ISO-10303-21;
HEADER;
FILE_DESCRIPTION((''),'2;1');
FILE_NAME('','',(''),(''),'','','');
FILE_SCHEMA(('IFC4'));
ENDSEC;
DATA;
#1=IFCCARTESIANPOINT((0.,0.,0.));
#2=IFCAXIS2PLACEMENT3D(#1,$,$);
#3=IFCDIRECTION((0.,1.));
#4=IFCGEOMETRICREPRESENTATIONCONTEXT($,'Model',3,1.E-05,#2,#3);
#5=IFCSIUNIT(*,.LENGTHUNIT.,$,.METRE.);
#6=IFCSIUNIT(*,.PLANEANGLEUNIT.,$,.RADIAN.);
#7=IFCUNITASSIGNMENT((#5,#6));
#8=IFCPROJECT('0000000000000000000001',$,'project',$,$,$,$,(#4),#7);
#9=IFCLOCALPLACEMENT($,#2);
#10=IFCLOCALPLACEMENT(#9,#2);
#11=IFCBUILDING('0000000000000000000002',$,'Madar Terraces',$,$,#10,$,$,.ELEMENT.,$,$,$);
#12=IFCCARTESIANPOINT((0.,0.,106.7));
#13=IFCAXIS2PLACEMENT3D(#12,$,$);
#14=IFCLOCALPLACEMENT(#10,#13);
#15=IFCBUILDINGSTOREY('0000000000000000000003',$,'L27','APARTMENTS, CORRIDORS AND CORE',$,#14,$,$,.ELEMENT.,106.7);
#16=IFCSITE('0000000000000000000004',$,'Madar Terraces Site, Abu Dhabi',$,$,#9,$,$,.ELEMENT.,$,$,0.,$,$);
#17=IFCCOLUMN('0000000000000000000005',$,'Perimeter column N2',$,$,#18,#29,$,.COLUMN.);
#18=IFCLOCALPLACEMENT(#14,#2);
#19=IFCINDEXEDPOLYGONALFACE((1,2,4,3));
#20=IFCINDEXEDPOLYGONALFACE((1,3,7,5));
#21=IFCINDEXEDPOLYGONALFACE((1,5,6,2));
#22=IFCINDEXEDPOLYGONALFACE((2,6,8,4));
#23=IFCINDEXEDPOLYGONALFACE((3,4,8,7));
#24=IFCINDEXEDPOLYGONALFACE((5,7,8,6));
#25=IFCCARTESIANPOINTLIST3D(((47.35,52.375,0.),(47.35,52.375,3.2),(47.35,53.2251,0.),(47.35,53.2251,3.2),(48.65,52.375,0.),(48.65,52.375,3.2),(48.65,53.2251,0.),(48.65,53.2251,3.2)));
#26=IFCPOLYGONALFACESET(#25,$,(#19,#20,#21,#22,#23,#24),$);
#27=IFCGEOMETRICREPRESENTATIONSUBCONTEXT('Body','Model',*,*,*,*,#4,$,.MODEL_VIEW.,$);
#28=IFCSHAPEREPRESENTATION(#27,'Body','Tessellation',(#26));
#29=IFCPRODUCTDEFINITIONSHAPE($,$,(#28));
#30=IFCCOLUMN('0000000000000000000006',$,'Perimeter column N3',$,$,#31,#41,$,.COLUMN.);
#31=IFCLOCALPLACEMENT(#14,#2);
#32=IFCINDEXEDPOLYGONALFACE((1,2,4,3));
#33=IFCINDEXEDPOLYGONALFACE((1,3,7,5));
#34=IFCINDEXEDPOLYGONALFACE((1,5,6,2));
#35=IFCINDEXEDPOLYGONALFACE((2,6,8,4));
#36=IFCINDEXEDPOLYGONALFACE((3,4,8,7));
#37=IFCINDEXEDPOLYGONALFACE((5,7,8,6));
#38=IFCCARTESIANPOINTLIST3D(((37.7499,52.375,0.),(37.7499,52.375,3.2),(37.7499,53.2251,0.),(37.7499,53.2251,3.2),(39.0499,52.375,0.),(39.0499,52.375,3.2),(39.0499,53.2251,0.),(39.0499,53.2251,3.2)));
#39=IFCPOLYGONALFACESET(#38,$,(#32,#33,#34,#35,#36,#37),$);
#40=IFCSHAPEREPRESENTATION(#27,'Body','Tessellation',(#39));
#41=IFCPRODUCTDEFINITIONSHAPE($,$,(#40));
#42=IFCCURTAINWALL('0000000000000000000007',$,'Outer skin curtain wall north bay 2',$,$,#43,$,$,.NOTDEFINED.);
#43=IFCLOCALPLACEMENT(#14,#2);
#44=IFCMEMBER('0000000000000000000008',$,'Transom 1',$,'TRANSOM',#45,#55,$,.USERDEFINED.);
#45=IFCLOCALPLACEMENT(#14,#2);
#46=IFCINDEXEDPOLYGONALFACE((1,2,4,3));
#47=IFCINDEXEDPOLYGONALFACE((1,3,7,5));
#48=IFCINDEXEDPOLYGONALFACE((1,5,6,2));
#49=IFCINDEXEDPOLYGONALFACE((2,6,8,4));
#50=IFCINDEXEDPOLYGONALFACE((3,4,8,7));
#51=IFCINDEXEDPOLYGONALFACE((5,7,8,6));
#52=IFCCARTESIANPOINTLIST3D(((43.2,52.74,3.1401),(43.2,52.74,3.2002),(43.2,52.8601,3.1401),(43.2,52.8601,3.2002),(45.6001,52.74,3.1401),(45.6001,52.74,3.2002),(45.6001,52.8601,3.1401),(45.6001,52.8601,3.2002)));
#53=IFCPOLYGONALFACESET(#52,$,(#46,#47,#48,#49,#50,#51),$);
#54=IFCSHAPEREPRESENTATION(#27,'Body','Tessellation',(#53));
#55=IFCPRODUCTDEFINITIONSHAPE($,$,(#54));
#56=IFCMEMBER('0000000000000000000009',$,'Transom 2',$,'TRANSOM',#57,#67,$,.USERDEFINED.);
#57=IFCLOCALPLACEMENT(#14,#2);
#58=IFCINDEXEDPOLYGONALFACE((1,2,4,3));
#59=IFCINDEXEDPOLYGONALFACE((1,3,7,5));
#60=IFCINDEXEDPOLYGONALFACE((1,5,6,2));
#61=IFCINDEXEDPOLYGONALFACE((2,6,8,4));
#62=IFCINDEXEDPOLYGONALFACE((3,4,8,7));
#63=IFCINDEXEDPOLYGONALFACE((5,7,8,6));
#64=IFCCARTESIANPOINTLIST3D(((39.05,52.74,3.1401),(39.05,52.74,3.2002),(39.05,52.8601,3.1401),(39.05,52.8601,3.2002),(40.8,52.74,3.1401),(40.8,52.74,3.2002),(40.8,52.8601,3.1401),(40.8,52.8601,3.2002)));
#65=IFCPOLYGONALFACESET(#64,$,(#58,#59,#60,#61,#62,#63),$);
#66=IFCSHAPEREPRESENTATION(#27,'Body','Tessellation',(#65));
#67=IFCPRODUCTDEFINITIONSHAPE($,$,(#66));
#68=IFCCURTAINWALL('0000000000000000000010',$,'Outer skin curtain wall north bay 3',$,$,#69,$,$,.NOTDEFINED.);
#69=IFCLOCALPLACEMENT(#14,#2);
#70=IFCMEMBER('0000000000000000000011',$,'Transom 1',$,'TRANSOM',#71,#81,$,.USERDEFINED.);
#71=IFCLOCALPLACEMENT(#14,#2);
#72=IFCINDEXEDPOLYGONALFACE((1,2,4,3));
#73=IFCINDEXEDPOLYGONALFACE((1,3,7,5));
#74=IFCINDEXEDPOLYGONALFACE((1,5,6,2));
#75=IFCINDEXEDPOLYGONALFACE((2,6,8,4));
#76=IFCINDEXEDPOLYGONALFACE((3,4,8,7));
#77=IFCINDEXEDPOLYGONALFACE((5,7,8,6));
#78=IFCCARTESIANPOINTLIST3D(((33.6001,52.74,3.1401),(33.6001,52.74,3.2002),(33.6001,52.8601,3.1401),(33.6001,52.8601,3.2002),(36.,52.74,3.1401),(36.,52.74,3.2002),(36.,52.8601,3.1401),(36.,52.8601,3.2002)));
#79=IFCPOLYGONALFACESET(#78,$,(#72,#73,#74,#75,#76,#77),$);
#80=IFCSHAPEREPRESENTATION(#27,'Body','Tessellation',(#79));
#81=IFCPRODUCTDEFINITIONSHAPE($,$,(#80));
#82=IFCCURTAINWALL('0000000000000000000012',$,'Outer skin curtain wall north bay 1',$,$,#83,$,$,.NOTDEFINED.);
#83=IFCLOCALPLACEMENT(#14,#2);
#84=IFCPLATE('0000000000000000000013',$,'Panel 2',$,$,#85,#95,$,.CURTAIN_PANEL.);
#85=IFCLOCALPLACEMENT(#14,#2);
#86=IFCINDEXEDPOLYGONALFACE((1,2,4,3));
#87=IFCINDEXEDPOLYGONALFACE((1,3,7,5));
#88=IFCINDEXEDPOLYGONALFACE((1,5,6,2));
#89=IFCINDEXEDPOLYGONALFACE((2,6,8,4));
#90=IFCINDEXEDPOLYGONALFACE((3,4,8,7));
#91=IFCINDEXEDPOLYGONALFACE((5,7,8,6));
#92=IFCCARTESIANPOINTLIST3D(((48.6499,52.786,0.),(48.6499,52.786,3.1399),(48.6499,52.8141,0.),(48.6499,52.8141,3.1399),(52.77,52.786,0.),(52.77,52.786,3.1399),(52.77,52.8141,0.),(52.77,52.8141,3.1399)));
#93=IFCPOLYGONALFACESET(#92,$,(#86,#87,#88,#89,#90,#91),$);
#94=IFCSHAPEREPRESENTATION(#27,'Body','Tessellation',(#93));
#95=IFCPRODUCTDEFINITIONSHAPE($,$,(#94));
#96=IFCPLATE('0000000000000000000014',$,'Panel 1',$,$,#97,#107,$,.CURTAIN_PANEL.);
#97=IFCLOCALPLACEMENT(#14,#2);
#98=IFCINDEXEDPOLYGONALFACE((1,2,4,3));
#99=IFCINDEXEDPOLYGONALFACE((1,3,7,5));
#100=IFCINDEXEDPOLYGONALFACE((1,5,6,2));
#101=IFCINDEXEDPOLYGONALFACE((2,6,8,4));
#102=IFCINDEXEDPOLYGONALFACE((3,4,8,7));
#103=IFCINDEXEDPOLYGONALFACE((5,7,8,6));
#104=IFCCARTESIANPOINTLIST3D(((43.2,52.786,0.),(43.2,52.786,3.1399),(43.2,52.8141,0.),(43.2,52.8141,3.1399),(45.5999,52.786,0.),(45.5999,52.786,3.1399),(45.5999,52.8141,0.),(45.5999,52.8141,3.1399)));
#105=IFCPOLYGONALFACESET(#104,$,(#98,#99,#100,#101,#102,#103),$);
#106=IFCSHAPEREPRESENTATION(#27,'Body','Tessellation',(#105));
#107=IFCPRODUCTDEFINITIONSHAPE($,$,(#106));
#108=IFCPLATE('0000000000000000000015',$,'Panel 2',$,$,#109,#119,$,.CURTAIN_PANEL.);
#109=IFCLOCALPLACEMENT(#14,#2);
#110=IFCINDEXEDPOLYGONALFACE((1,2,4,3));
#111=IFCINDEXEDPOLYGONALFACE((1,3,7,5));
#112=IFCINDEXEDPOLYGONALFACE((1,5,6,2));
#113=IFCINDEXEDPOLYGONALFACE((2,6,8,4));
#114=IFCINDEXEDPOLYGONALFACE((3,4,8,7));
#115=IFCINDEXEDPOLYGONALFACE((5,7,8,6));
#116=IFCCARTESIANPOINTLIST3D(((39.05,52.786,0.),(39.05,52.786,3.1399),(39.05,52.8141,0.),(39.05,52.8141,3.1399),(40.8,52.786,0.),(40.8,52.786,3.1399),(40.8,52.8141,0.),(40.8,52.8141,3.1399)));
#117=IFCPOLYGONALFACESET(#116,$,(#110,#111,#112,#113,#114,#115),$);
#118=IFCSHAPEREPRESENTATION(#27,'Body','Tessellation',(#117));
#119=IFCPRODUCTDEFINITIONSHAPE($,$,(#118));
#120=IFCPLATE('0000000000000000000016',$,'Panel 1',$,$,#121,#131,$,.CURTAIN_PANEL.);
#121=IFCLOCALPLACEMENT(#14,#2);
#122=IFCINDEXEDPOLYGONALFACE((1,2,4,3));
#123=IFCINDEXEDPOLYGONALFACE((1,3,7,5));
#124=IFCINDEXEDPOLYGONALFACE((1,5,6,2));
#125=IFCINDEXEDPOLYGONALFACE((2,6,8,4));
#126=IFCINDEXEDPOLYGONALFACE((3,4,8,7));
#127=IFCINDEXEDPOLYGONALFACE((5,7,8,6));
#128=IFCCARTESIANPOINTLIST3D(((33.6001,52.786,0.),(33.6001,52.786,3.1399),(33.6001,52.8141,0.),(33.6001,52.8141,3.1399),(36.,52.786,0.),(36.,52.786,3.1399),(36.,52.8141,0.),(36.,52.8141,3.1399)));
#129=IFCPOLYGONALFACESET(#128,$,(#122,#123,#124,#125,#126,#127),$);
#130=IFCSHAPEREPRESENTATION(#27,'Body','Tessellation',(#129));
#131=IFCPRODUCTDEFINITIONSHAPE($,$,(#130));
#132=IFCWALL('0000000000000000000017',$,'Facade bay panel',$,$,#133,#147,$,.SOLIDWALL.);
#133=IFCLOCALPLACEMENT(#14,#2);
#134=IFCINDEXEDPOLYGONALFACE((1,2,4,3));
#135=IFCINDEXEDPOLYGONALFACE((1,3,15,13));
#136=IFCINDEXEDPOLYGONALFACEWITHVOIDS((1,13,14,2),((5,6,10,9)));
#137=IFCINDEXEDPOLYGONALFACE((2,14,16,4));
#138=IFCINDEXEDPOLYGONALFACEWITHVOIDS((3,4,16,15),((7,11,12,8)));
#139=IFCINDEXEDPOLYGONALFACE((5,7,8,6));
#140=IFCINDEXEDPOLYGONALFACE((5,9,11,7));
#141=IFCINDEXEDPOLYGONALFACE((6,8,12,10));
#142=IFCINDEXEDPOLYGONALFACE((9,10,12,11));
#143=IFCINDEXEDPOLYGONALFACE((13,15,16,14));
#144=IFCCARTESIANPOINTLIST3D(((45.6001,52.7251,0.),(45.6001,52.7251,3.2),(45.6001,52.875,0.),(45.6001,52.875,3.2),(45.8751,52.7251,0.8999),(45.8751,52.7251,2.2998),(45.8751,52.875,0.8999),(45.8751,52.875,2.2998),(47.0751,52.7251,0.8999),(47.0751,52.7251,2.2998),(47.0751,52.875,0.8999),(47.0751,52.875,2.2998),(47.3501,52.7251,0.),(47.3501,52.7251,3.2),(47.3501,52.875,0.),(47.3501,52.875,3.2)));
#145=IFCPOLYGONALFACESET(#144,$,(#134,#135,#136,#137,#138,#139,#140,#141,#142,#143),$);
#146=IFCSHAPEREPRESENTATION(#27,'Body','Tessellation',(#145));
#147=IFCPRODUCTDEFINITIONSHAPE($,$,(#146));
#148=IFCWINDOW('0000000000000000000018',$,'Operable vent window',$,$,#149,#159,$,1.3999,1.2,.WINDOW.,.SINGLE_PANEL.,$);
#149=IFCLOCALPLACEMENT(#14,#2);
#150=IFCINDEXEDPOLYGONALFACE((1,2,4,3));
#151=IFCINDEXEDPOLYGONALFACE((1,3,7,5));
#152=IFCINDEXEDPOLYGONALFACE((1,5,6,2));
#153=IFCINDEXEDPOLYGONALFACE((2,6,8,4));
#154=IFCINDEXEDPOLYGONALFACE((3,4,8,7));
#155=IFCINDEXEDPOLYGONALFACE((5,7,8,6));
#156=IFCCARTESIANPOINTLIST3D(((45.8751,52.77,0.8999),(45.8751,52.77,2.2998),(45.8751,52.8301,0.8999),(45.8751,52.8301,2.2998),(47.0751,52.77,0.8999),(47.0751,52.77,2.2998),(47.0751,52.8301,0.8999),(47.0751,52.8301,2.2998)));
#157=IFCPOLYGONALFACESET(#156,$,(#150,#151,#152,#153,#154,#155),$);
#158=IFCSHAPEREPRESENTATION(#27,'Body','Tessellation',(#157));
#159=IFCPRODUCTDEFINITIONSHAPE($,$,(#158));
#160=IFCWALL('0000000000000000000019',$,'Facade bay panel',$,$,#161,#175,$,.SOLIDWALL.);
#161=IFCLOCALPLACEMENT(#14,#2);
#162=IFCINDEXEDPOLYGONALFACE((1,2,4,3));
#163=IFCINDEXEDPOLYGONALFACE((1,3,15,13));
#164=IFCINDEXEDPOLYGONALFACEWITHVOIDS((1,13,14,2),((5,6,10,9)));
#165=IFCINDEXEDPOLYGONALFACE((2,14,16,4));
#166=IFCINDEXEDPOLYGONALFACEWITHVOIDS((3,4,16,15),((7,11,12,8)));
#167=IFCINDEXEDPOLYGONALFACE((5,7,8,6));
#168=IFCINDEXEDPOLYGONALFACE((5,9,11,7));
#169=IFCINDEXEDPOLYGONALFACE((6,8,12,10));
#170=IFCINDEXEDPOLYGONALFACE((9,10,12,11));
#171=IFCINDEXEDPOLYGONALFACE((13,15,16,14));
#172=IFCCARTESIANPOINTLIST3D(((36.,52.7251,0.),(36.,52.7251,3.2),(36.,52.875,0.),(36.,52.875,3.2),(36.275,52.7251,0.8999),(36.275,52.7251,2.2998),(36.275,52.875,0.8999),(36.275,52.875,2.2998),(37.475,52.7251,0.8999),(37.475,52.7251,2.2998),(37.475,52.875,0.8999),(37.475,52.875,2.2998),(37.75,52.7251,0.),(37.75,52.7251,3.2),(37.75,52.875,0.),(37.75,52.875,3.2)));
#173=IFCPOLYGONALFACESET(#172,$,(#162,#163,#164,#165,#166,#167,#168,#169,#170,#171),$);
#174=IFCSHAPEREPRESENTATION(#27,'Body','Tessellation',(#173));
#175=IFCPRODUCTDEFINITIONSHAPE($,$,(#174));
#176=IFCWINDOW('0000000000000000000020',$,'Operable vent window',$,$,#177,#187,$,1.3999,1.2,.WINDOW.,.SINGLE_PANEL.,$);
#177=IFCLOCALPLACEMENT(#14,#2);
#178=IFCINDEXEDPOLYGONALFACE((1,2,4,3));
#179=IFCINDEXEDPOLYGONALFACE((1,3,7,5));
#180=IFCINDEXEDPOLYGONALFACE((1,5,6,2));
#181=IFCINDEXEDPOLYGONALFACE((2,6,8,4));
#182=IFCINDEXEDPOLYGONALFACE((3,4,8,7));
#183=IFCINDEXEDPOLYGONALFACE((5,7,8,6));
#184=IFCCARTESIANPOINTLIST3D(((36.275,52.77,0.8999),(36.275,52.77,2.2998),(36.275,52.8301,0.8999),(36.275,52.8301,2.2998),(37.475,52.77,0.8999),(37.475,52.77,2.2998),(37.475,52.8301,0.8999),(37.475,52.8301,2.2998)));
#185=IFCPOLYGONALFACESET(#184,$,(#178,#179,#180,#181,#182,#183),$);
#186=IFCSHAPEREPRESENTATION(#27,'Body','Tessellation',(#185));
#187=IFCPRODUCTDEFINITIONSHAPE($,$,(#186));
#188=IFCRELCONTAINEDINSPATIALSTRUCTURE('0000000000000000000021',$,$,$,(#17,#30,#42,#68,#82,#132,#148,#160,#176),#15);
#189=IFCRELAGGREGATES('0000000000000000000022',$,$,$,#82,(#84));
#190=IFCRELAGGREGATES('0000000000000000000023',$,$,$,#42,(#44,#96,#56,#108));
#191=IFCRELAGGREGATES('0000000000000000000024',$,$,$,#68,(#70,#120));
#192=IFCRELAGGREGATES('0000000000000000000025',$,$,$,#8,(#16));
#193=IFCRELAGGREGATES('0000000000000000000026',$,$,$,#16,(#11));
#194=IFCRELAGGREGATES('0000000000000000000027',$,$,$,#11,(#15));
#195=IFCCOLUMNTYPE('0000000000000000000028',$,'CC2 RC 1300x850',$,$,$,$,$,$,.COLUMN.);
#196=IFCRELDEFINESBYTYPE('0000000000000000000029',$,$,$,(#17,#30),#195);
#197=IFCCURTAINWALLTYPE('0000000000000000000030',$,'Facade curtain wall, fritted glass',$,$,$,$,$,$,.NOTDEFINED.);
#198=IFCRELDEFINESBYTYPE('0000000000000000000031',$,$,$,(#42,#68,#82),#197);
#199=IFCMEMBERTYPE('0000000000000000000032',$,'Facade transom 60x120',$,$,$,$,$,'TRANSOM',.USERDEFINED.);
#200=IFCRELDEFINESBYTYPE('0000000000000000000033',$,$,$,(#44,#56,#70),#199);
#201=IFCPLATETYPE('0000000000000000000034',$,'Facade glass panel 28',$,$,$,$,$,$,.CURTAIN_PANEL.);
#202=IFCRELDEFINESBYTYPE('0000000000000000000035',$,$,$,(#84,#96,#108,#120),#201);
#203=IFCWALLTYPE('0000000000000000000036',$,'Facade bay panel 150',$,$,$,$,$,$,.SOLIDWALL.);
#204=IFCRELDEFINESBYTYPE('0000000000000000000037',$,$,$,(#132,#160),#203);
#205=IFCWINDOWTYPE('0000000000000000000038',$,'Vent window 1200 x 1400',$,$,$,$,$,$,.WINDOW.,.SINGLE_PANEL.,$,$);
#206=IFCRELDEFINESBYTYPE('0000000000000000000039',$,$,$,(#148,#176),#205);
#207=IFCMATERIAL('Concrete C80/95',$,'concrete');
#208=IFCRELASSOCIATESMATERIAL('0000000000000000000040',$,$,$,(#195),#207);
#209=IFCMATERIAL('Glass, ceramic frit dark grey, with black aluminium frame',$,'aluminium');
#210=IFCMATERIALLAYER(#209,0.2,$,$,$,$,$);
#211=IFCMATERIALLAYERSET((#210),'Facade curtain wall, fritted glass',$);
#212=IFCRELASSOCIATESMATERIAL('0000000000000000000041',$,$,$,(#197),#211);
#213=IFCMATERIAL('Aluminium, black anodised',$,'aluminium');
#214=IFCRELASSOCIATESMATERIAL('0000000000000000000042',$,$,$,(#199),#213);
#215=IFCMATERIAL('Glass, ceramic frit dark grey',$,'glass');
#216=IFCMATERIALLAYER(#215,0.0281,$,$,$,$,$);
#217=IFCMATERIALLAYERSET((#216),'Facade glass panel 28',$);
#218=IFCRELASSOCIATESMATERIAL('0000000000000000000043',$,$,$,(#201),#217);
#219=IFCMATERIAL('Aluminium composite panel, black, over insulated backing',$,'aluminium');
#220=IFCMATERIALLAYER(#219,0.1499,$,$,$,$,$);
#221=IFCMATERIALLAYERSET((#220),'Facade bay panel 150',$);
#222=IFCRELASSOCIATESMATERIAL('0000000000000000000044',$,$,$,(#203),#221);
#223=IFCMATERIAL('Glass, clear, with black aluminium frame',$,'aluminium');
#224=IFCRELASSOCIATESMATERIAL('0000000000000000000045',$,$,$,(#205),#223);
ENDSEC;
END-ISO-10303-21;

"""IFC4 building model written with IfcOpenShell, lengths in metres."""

from ifc_helpers import new_model, si_unit, direction, frame, frame_2d, origin, origin_2d, place, context, subcontext, project, spatial, rectangle, extrude, material, layer, layer_set, material_profile, profile_set, type_object, element, fill, aggregate, save


model = new_model("IFC4")

# Units and contexts
model_context = context("Model", 3, precision=1e-05, world=origin(), true_north=direction((0.0, 1.0)))
body_context = subcontext(model_context, "Body", "Model", "MODEL_VIEW")
ifc_project = project(units=[si_unit("LENGTHUNIT", "METRE"), si_unit("PLANEANGLEUNIT", "RADIAN")], contexts=[model_context])

# Site, building, storey
site_placement = place(None, origin())
site = spatial("IfcSite", under=ifc_project, at=site_placement, Name="Madar Terraces Site, Abu Dhabi", CompositionType="ELEMENT", RefElevation=0.0)
building_placement = place(site_placement, origin())
building = spatial("IfcBuilding", under=site, at=building_placement, Name="Madar Terraces", CompositionType="ELEMENT")
storey_placement = place(building_placement, frame((0.0, 0.0, 106.7)))
storey = spatial("IfcBuildingStorey", under=building, at=storey_placement, Name="L27", Description="APARTMENTS, CORRIDORS AND CORE", CompositionType="ELEMENT", Elevation=106.7)

# Columns
ifc_material_1 = material(Name="Concrete C80/95", Category="concrete")
ifc_material_profile_1 = material_profile(ifc_material_1, rectangle(XDim=1.3, YDim=0.8501, at=origin_2d()), Name="CC2 RC 1300x850")
ifc_profile_set_1 = profile_set([ifc_material_profile_1], Name="Concrete C80/95")
column_type = type_object("IfcColumnType", Name="CC2 RC 1300x850", PredefinedType="COLUMN", material=ifc_profile_set_1)
for number, where, z_axis, x_axis, name in (
    (1, (48.0, 52.8, 0.0), (0.0, 0.0, 1.0), (1.0, 0.0, 0.0), "Perimeter column N2"),
    (2, (38.3999, 52.8, 0.0), (0.0, 0.0, 1.0), (1.0, 0.0, 0.0), "Perimeter column N3"),
):
    element("IfcColumn", number, at=place(storey_placement, frame(where, z_axis=z_axis, x_axis=x_axis)), inside=storey, type_object=column_type, Name=name, PredefinedType="COLUMN", context=body_context, shape_type="SweptSolid", body=[
        extrude(rectangle(XDim=1.3, YDim=0.8501, at=origin_2d()), origin(), (0.0, 0.0, 1.0), 3.2),
    ])

# Curtain wall, members
ifc_material_2 = material(Name="Glass, ceramic frit dark grey, with black aluminium frame", Category="aluminium")
ifc_layer_1 = layer(ifc_material_2, 0.2)
ifc_layer_set_1 = layer_set([ifc_layer_1], Name="Facade curtain wall, fritted glass")
curtain_wall_type = type_object("IfcCurtainWallType", Name="Facade curtain wall, fritted glass", PredefinedType="NOTDEFINED", material=ifc_layer_set_1)
curtain_wall_1_placement = place(storey_placement, origin())
curtain_wall_1 = element("IfcCurtainWall", 3, at=curtain_wall_1_placement, inside=storey, type_object=curtain_wall_type, Name="Outer skin curtain wall north bay 2", PredefinedType="NOTDEFINED")
ifc_material_3 = material(Name="Aluminium, black anodised", Category="aluminium")
ifc_material_profile_2 = material_profile(ifc_material_3, rectangle(XDim=0.1201, YDim=0.0601, at=origin_2d()), Name="Facade transom 60x120")
ifc_profile_set_2 = profile_set([ifc_material_profile_2], Name="Aluminium, black anodised")
member_type = type_object("IfcMemberType", Name="Facade transom 60x120", ElementType="TRANSOM", PredefinedType="USERDEFINED", material=ifc_profile_set_2)
member_1_placement = place(storey_placement, frame((45.6001, 52.8, 3.1702), z_axis=(-1.0, 0.0, 0.0), x_axis=(0.0, -1.0, 0.0)))
member_1 = element("IfcMember", 4, at=member_1_placement, type_object=member_type, Name="Transom 1", ObjectType="TRANSOM", PredefinedType="USERDEFINED", context=body_context, shape_type="SweptSolid", body=[
    extrude(rectangle(XDim=0.1201, YDim=0.0601, at=origin_2d()), origin(), (0.0, 0.0, 1.0), 2.4001),
])
member_2_placement = place(storey_placement, frame((40.8, 52.8, 3.1702), z_axis=(-1.0, 0.0, 0.0), x_axis=(0.0, -1.0, 0.0)))
member_2 = element("IfcMember", 5, at=member_2_placement, type_object=member_type, Name="Transom 2", ObjectType="TRANSOM", PredefinedType="USERDEFINED", context=body_context, shape_type="SweptSolid", body=[
    extrude(rectangle(XDim=0.1201, YDim=0.0601, at=origin_2d()), origin(), (0.0, 0.0, 1.0), 1.75),
])

# Curtain wall, member
curtain_wall_2_placement = place(storey_placement, origin())
curtain_wall_2 = element("IfcCurtainWall", 6, at=curtain_wall_2_placement, inside=storey, type_object=curtain_wall_type, Name="Outer skin curtain wall north bay 3", PredefinedType="NOTDEFINED")
member_3_placement = place(storey_placement, frame((36.0, 52.8, 3.1702), z_axis=(-1.0, 0.0, 0.0), x_axis=(0.0, -1.0, 0.0)))
member_3 = element("IfcMember", 7, at=member_3_placement, type_object=member_type, Name="Transom 1", ObjectType="TRANSOM", PredefinedType="USERDEFINED", context=body_context, shape_type="SweptSolid", body=[
    extrude(rectangle(XDim=0.1201, YDim=0.0601, at=origin_2d()), origin(), (0.0, 0.0, 1.0), 2.3999),
])

# Curtain wall, plate
curtain_wall_3_placement = place(storey_placement, origin())
curtain_wall_3 = element("IfcCurtainWall", 8, at=curtain_wall_3_placement, inside=storey, type_object=curtain_wall_type, Name="Outer skin curtain wall north bay 1", PredefinedType="NOTDEFINED")
ifc_material_4 = material(Name="Glass, ceramic frit dark grey", Category="glass")
ifc_layer_2 = layer(ifc_material_4, 0.0281)
ifc_layer_set_2 = layer_set([ifc_layer_2], Name="Facade glass panel 28")
plate_type = type_object("IfcPlateType", Name="Facade glass panel 28", PredefinedType="CURTAIN_PANEL", material=ifc_layer_set_2)
plate_1_placement = place(storey_placement, frame((50.71, 52.8, 0.0), z_axis=(0.0, 0.0, 1.0), x_axis=(-1.0, 0.0, 0.0)))
plate_1 = element("IfcPlate", 9, at=plate_1_placement, type_object=plate_type, Name="Panel 2", PredefinedType="CURTAIN_PANEL", context=body_context, shape_type="SweptSolid", body=[
    extrude(rectangle(XDim=4.1201, YDim=0.0281, at=origin_2d()), origin(), (0.0, 0.0, 1.0), 3.1399),
])
aggregate(curtain_wall_3, [plate_1])

# Plates
plate_2_placement = place(storey_placement, frame((44.3999, 52.8, 0.0), z_axis=(0.0, 0.0, 1.0), x_axis=(-1.0, 0.0, 0.0)))
plate_2 = element("IfcPlate", 10, at=plate_2_placement, type_object=plate_type, Name="Panel 1", PredefinedType="CURTAIN_PANEL", context=body_context, shape_type="SweptSolid", body=[
    extrude(rectangle(XDim=2.3999, YDim=0.0281, at=origin_2d()), origin(), (0.0, 0.0, 1.0), 3.1399),
])
plate_3_placement = place(storey_placement, frame((39.925, 52.8, 0.0), z_axis=(0.0, 0.0, 1.0), x_axis=(-1.0, 0.0, 0.0)))
plate_3 = element("IfcPlate", 11, at=plate_3_placement, type_object=plate_type, Name="Panel 2", PredefinedType="CURTAIN_PANEL", context=body_context, shape_type="SweptSolid", body=[
    extrude(rectangle(XDim=1.75, YDim=0.0281, at=origin_2d()), origin(), (0.0, 0.0, 1.0), 3.1399),
])
aggregate(curtain_wall_1, [member_1, plate_2, member_2, plate_3])
plate_4_placement = place(storey_placement, frame((34.8, 52.8, 0.0), z_axis=(0.0, 0.0, 1.0), x_axis=(-1.0, 0.0, 0.0)))
plate_4 = element("IfcPlate", 12, at=plate_4_placement, type_object=plate_type, Name="Panel 1", PredefinedType="CURTAIN_PANEL", context=body_context, shape_type="SweptSolid", body=[
    extrude(rectangle(XDim=2.3999, YDim=0.0281, at=origin_2d()), origin(), (0.0, 0.0, 1.0), 3.1399),
])
aggregate(curtain_wall_2, [member_3, plate_4])

# Wall, opening, window
ifc_material_5 = material(Name="Aluminium composite panel, black, over insulated backing", Category="aluminium")
ifc_layer_3 = layer(ifc_material_5, 0.1499)
ifc_layer_set_3 = layer_set([ifc_layer_3], Name="Facade bay panel 150")
wall_type_1 = type_object("IfcWallType", Name="Facade bay panel 150", PredefinedType="SOLIDWALL", material=ifc_layer_set_3)
wall_1_placement = place(storey_placement, frame((47.3501, 52.8, 0.0), z_axis=(0.0, 0.0, 1.0), x_axis=(-1.0, 0.0, 0.0)))
wall_1 = element("IfcWall", 13, at=wall_1_placement, inside=storey, type_object=wall_type_1, Name="Facade bay panel", PredefinedType="SOLIDWALL", context=body_context, shape_type="SweptSolid", body=[
    extrude(rectangle(XDim=1.75, YDim=0.1499, at=frame_2d((0.875, 0.0))), origin(), (0.0, 0.0, 1.0), 3.2),
])
opening_1_placement = place(wall_1_placement, frame((0.2749, 0.0, 0.8999)))
opening_1 = element("IfcOpeningElement", 14, at=opening_1_placement, cuts=wall_1, PredefinedType="OPENING", context=body_context, shape_type="SweptSolid", body=[
    extrude(rectangle(XDim=1.2, YDim=1.3999, at=frame_2d((0.6001, 0.7))), frame((0.0, 0.085, 0.0), z_axis=(0.0, -1.0, 0.0), x_axis=(1.0, 0.0, 0.0)), (0.0, 0.0, 1.0), 0.1699),
])
ifc_material_6 = material(Name="Glass, clear, with black aluminium frame", Category="aluminium")
window_type = type_object("IfcWindowType", Name="Vent window 1200 x 1400", PartitioningType="SINGLE_PANEL", PredefinedType="WINDOW", material=ifc_material_6)
window_1_placement = place(opening_1_placement, origin())
window_1 = element("IfcWindow", 15, at=window_1_placement, inside=storey, type_object=window_type, Name="Operable vent window", OverallHeight=1.3999, OverallWidth=1.2, PartitioningType="SINGLE_PANEL", PredefinedType="WINDOW", context=body_context, shape_type="SweptSolid", body=[
    extrude(rectangle(XDim=1.2, YDim=1.3999, at=frame_2d((0.6001, 0.7))), frame((0.0, 0.03, 0.0), z_axis=(0.0, -1.0, 0.0), x_axis=(1.0, 0.0, 0.0)), (0.0, 0.0, 1.0), 0.0601),
])
fill(opening_1, window_1)

# Wall, opening, window
wall_2_placement = place(storey_placement, frame((37.75, 52.8, 0.0), z_axis=(0.0, 0.0, 1.0), x_axis=(-1.0, 0.0, 0.0)))
wall_2 = element("IfcWall", 16, at=wall_2_placement, inside=storey, type_object=wall_type_1, Name="Facade bay panel", PredefinedType="SOLIDWALL", context=body_context, shape_type="SweptSolid", body=[
    extrude(rectangle(XDim=1.75, YDim=0.1499, at=frame_2d((0.875, 0.0))), origin(), (0.0, 0.0, 1.0), 3.2),
])
opening_2_placement = place(wall_2_placement, frame((0.2749, 0.0, 0.8999)))
opening_2 = element("IfcOpeningElement", 17, at=opening_2_placement, cuts=wall_2, PredefinedType="OPENING", context=body_context, shape_type="SweptSolid", body=[
    extrude(rectangle(XDim=1.2, YDim=1.3999, at=frame_2d((0.6001, 0.7))), frame((0.0, 0.085, 0.0), z_axis=(0.0, -1.0, 0.0), x_axis=(1.0, 0.0, 0.0)), (0.0, 0.0, 1.0), 0.1699),
])
window_2_placement = place(opening_2_placement, origin())
window_2 = element("IfcWindow", 18, at=window_2_placement, inside=storey, type_object=window_type, Name="Operable vent window", OverallHeight=1.3999, OverallWidth=1.2, PartitioningType="SINGLE_PANEL", PredefinedType="WINDOW", context=body_context, shape_type="SweptSolid", body=[
    extrude(rectangle(XDim=1.2, YDim=1.3999, at=frame_2d((0.6001, 0.7))), frame((0.0, 0.03, 0.0), z_axis=(0.0, -1.0, 0.0), x_axis=(1.0, 0.0, 0.0)), (0.0, 0.0, 1.0), 0.0601),
])
fill(opening_2, window_2)

save(model, "model.ifc")
